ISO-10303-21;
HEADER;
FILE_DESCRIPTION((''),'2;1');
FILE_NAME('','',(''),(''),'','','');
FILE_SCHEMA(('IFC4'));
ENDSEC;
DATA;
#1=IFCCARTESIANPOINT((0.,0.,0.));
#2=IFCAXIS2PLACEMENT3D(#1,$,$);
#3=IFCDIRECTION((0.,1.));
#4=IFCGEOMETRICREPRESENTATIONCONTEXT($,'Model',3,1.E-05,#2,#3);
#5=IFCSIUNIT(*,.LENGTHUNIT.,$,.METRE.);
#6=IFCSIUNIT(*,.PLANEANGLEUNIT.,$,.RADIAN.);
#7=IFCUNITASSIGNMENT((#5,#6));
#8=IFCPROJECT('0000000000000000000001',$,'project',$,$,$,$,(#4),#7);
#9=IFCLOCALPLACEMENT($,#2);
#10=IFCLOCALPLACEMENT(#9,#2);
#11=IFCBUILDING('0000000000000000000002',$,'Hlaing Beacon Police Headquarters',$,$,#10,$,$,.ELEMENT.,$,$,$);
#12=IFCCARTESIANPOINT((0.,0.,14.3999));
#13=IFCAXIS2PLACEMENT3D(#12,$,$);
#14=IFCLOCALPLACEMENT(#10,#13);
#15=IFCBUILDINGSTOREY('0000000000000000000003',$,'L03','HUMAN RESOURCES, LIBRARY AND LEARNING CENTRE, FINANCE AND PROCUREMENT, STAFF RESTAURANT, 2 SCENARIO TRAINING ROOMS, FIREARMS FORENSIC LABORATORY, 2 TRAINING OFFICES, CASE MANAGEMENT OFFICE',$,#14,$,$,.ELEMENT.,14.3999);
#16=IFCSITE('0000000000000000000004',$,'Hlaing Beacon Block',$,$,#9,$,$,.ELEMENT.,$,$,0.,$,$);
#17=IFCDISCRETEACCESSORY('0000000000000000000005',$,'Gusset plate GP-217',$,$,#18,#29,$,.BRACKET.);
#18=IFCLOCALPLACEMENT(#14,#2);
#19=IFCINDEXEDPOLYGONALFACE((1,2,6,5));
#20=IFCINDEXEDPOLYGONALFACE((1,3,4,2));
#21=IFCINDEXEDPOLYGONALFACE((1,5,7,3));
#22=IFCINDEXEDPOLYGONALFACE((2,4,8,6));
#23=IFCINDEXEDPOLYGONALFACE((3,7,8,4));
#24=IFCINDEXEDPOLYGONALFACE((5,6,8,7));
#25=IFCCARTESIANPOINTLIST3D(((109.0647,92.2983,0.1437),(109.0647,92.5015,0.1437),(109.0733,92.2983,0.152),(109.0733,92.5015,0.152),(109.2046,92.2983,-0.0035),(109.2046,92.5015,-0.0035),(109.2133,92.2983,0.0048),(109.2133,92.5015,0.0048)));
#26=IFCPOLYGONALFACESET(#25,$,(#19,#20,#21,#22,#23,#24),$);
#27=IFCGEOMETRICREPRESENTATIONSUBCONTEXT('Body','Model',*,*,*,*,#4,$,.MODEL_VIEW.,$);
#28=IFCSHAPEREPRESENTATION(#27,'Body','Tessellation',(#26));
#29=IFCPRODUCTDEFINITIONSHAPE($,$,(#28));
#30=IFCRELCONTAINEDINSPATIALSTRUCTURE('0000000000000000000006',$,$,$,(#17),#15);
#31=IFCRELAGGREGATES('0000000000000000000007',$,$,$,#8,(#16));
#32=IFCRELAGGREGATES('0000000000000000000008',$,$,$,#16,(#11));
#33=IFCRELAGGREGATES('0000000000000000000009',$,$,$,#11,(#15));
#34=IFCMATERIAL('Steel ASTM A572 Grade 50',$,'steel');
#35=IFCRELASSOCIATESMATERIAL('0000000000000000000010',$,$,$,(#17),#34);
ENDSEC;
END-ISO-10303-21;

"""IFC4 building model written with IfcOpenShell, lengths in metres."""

from ifc_helpers import new_model, si_unit, direction, frame, origin, origin_2d, place, context, subcontext, project, spatial, rectangle, extrude, material, element, save


model = new_model("IFC4")

# Units and contexts
model_context = context("Model", 3, precision=1e-05, world=origin(), true_north=direction((0.0, 1.0)))
body_context = subcontext(model_context, "Body", "Model", "MODEL_VIEW")
ifc_project = project(units=[si_unit("LENGTHUNIT", "METRE"), si_unit("PLANEANGLEUNIT", "RADIAN")], contexts=[model_context])

# Site, building, storey
site_placement = place(None, origin())
site = spatial("IfcSite", under=ifc_project, at=site_placement, Name="Hlaing Beacon Block", CompositionType="ELEMENT", RefElevation=0.0)
building_placement = place(site_placement, origin())
building = spatial("IfcBuilding", under=site, at=building_placement, Name="Hlaing Beacon Police Headquarters", CompositionType="ELEMENT")
storey_placement = place(building_placement, frame((0.0, 0.0, 14.3999)))
storey = spatial("IfcBuildingStorey", under=building, at=storey_placement, Name="L03", Description="HUMAN RESOURCES, LIBRARY AND LEARNING CENTRE, FINANCE AND PROCUREMENT, STAFF RESTAURANT, 2 SCENARIO TRAINING ROOMS, FIREARMS FORENSIC LABORATORY, 2 TRAINING OFFICES, CASE MANAGEMENT OFFICE", CompositionType="ELEMENT", Elevation=14.3999)

# Discrete accessory
ifc_material_1 = material(Name="Steel ASTM A572 Grade 50", Category="steel")
discrete_accessory_placement = place(storey_placement, frame((109.1433, 92.3999, 0.0784), z_axis=(-0.724832, 0.0, -0.688926), x_axis=(0.0, -1.0, 0.0)))
element("IfcDiscreteAccessory", 1, at=discrete_accessory_placement, inside=storey, material=ifc_material_1, Name="Gusset plate GP-217", PredefinedType="BRACKET", context=body_context, shape_type="SweptSolid", body=[
    extrude(rectangle(XDim=0.2031, YDim=0.2031, at=origin_2d()), origin(), (0.0, 0.0, 1.0), 0.012),
])

save(model, "model.ifc")
